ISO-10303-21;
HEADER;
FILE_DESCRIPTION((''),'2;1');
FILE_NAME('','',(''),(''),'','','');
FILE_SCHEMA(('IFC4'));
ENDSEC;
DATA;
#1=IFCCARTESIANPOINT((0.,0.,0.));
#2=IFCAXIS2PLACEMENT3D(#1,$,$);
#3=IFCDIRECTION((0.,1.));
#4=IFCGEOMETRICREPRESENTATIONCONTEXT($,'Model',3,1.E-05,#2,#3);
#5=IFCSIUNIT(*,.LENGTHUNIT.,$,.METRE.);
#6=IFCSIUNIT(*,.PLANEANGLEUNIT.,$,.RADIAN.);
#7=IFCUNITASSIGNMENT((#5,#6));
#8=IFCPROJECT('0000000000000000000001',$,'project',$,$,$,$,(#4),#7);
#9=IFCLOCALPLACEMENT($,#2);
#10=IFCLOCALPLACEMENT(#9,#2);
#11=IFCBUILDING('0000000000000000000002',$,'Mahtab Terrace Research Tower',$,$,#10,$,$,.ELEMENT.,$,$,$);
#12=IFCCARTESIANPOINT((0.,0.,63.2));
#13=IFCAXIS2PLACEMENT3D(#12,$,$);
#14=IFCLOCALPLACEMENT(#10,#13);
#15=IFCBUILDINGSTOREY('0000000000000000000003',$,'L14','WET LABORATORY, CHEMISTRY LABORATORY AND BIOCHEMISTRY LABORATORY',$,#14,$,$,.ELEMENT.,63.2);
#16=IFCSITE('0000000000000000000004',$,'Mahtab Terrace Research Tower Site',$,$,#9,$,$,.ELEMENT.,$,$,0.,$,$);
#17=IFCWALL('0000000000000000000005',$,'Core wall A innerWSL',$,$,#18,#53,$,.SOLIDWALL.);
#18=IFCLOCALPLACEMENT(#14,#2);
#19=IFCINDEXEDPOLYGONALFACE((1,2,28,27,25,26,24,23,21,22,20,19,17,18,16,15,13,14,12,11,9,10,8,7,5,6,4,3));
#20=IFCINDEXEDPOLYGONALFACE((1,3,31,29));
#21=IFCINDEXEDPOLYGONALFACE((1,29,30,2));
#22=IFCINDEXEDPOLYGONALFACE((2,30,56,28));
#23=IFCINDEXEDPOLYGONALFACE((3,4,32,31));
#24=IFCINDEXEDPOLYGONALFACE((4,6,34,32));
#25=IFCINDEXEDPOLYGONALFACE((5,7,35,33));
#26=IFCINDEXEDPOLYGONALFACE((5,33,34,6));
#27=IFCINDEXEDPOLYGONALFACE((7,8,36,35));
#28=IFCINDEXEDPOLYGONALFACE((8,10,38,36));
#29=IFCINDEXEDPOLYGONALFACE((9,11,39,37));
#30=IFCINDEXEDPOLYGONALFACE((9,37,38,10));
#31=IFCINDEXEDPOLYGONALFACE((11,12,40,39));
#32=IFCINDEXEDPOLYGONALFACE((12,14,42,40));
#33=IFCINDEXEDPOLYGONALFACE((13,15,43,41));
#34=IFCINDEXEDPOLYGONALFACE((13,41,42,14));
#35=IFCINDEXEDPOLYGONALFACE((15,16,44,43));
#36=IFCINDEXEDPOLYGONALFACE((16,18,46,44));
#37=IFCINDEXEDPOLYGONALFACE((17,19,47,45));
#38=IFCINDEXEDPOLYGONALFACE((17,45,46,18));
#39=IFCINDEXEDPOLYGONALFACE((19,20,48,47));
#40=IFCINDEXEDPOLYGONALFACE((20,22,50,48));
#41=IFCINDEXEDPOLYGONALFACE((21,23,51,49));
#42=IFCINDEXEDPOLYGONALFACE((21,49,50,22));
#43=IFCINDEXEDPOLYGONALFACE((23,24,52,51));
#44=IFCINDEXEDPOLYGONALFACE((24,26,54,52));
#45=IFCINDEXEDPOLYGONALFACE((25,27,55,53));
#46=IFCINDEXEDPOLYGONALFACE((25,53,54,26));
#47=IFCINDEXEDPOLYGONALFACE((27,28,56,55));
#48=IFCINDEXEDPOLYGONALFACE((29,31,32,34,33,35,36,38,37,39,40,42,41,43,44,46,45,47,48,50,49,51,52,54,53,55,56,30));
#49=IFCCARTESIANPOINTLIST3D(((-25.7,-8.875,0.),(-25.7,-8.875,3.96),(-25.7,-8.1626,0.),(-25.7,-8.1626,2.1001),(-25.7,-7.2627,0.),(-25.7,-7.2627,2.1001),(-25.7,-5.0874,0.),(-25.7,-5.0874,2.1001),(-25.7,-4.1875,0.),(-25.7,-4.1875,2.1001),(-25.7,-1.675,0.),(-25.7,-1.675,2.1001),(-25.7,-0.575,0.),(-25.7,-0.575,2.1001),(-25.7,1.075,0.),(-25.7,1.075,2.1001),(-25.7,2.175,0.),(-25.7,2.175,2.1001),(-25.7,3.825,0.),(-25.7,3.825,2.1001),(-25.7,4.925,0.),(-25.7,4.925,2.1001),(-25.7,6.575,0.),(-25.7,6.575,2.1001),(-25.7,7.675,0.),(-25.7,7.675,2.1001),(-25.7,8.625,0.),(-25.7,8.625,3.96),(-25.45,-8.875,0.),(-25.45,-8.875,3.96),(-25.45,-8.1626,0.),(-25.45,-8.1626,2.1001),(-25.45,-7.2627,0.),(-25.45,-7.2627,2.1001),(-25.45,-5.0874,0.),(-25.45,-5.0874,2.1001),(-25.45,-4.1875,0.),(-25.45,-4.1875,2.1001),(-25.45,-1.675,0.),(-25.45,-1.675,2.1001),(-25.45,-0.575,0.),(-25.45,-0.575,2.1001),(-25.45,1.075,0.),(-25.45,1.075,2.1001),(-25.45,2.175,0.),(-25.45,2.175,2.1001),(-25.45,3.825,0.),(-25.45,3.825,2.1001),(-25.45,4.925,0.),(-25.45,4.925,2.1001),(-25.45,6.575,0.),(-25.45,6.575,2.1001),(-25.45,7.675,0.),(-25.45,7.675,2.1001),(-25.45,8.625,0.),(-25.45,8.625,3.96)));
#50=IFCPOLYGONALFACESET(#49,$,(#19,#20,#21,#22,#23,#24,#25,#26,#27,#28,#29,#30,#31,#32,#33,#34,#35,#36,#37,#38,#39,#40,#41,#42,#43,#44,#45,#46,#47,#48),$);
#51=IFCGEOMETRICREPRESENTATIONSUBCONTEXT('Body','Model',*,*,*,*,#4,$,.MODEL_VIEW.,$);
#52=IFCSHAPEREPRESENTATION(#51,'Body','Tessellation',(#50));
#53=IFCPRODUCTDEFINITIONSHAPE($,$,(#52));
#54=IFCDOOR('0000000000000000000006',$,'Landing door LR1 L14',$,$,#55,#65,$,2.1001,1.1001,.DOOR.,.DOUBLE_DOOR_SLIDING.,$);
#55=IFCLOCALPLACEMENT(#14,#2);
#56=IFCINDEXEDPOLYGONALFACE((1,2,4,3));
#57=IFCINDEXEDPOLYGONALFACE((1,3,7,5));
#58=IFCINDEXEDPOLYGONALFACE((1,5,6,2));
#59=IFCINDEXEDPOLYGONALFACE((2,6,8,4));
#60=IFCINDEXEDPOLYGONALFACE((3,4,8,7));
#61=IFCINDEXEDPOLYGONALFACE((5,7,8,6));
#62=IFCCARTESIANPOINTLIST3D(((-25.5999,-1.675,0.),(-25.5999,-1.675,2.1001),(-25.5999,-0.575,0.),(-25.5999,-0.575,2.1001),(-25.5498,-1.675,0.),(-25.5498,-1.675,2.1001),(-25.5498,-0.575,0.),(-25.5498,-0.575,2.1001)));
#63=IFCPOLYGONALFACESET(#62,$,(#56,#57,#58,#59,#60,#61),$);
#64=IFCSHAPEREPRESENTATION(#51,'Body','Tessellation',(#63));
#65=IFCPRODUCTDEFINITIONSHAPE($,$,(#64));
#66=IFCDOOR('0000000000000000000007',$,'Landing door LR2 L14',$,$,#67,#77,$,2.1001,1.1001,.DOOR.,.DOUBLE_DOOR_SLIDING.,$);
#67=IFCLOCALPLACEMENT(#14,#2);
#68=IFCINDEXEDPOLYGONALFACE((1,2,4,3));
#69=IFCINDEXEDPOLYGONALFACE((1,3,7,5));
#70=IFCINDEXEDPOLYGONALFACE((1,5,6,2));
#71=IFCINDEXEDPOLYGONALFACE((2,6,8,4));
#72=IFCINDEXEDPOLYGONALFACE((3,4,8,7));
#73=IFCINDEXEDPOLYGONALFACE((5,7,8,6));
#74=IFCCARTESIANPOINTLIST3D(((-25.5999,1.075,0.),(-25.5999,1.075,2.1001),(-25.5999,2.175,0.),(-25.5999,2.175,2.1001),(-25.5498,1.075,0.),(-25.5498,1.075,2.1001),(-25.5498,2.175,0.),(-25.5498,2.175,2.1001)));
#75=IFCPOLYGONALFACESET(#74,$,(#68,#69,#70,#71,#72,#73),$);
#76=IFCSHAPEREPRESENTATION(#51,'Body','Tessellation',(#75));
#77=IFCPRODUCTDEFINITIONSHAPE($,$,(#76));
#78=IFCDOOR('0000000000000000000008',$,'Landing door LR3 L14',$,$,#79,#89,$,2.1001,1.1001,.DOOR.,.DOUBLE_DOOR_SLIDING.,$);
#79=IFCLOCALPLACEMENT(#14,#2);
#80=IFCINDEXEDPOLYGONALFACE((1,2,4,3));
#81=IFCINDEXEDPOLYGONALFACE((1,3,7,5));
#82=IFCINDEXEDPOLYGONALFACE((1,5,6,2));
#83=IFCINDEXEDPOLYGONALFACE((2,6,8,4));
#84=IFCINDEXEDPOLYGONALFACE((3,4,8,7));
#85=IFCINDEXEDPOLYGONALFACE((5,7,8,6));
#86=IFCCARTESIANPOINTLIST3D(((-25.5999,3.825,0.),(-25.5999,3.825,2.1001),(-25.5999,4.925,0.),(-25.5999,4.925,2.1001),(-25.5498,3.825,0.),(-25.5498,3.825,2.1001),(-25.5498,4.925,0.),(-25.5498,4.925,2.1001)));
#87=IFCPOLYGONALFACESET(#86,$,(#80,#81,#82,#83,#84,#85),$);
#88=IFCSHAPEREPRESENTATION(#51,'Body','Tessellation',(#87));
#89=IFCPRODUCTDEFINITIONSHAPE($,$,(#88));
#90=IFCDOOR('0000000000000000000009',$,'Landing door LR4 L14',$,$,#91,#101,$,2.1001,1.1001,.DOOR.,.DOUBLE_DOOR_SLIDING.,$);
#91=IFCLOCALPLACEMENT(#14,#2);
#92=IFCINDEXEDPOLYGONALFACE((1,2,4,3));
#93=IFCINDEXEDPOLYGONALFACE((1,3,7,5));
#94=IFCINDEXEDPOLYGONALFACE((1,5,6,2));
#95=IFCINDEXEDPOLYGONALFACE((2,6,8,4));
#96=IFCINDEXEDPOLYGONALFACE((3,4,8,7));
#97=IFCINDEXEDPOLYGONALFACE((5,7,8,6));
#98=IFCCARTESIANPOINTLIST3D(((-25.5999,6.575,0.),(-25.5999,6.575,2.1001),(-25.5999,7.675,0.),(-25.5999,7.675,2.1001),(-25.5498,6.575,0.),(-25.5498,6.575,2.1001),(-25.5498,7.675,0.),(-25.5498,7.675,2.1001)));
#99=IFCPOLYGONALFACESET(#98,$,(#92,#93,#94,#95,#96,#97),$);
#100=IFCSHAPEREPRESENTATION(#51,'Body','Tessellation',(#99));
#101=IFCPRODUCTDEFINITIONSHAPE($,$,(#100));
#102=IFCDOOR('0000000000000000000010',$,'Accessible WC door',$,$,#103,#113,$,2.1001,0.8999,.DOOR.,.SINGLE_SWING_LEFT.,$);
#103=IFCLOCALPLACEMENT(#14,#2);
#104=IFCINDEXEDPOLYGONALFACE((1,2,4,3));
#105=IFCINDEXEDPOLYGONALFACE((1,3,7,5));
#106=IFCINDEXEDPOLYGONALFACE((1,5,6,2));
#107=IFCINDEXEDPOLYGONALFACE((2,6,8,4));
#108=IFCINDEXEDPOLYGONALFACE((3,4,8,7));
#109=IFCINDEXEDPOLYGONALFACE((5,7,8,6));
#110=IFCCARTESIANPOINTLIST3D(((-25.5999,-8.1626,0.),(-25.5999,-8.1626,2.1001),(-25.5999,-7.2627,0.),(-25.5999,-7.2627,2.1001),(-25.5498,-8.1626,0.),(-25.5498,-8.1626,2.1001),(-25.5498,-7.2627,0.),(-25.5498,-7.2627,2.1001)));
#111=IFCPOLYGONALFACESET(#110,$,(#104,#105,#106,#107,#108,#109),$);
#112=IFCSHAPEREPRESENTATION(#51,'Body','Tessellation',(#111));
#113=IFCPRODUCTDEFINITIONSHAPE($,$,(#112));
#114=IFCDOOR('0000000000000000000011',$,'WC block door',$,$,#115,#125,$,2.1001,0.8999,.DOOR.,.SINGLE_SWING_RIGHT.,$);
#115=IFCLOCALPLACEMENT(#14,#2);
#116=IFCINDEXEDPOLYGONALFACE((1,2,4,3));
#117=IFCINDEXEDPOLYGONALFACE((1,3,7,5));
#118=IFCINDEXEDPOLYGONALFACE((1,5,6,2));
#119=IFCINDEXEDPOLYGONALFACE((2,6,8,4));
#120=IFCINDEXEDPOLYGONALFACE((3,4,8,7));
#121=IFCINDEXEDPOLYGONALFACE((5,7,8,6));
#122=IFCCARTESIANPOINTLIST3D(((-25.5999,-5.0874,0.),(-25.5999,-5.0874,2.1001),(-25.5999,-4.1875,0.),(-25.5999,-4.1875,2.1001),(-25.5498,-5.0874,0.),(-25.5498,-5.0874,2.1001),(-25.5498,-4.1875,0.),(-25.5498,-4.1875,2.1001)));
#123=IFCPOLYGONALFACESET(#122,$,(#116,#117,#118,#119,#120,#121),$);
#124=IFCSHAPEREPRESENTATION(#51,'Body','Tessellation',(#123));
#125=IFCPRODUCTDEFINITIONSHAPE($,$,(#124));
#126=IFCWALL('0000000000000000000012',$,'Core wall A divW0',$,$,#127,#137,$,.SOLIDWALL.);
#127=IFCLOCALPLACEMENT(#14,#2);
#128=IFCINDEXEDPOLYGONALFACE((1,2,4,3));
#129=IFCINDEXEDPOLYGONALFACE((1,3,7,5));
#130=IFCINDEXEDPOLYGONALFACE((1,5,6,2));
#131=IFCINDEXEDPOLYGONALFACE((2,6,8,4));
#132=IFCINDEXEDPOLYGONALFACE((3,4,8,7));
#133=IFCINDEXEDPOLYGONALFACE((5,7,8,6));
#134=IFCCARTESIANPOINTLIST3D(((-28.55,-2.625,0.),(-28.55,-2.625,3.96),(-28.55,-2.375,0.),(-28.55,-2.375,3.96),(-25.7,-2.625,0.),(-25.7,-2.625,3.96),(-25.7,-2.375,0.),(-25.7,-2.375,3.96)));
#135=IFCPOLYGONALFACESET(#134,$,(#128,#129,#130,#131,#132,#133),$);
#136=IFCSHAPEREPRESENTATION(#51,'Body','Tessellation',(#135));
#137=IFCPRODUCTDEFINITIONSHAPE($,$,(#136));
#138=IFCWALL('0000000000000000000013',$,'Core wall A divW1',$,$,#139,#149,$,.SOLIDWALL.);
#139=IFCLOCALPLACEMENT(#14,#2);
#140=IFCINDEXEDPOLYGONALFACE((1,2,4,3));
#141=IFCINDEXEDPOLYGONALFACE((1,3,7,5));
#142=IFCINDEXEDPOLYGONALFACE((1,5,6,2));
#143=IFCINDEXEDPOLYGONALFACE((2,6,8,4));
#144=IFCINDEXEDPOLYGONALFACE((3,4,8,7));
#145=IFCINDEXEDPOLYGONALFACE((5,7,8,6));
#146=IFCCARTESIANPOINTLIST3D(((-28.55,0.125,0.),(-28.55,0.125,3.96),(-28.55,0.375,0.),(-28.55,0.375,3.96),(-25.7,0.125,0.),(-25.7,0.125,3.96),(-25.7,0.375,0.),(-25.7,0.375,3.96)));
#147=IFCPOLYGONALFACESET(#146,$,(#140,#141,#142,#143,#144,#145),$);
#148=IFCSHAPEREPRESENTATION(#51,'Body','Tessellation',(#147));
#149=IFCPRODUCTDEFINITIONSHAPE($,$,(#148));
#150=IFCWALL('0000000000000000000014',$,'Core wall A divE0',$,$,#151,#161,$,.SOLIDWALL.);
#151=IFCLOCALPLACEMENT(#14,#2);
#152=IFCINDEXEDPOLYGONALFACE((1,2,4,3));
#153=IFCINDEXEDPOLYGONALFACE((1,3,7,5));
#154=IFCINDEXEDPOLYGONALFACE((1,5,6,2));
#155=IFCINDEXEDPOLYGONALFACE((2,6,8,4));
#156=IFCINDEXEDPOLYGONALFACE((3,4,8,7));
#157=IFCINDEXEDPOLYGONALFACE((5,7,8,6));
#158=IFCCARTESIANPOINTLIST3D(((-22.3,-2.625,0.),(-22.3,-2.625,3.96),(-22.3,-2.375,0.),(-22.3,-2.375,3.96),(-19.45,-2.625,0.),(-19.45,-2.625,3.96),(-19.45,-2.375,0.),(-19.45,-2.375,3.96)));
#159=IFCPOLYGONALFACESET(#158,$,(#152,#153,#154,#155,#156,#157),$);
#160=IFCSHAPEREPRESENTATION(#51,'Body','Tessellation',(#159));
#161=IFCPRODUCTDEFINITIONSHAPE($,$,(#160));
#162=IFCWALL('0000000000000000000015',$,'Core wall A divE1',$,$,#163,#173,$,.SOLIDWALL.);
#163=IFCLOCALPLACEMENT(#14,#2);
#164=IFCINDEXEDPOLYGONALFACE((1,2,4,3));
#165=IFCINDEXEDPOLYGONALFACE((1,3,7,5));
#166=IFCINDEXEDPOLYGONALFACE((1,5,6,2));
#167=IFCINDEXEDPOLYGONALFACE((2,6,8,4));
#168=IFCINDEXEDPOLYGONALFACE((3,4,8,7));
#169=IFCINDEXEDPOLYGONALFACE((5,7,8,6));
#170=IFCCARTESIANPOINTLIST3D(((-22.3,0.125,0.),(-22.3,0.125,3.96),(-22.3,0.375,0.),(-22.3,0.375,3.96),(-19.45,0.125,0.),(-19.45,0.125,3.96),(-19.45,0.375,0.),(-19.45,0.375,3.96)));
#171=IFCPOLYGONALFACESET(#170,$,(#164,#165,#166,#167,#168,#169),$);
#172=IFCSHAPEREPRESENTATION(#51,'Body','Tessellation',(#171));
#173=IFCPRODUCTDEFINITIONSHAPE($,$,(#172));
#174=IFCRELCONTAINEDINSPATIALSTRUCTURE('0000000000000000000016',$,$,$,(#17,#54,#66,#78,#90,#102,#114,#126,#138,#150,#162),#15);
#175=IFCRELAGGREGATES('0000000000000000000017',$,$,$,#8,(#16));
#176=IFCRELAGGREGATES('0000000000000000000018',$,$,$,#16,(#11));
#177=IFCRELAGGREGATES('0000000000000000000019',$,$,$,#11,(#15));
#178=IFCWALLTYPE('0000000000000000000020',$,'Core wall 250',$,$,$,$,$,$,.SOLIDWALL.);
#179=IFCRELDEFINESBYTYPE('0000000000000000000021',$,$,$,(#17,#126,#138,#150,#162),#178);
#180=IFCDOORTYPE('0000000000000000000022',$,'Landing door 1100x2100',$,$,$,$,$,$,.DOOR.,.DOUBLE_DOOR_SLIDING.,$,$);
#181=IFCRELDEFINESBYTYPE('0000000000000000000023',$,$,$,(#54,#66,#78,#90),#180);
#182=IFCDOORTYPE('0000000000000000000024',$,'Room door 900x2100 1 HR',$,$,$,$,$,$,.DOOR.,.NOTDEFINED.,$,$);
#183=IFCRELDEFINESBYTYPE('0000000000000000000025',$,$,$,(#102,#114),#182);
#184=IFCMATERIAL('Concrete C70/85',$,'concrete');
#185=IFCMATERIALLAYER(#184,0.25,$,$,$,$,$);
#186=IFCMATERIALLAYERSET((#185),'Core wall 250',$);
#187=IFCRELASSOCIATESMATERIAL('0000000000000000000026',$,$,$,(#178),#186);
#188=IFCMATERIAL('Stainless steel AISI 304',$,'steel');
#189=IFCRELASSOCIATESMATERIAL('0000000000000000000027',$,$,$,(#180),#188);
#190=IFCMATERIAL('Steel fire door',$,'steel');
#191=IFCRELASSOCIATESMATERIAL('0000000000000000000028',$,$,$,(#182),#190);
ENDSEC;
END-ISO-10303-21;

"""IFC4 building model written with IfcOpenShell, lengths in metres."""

from ifc_helpers import new_model, si_unit, direction, frame, frame_2d, origin, place, context, subcontext, project, spatial, rectangle, extrude, material, layer, layer_set, type_object, element, fill, save


model = new_model("IFC4")

# Units and contexts
model_context = context("Model", 3, precision=1e-05, world=origin(), true_north=direction((0.0, 1.0)))
body_context = subcontext(model_context, "Body", "Model", "MODEL_VIEW")
ifc_project = project(units=[si_unit("LENGTHUNIT", "METRE"), si_unit("PLANEANGLEUNIT", "RADIAN")], contexts=[model_context])

# Site, building, storey
site_placement = place(None, origin())
site = spatial("IfcSite", under=ifc_project, at=site_placement, Name="Mahtab Terrace Research Tower Site", CompositionType="ELEMENT", RefElevation=0.0)
building_placement = place(site_placement, origin())
building = spatial("IfcBuilding", under=site, at=building_placement, Name="Mahtab Terrace Research Tower", CompositionType="ELEMENT")
storey_placement = place(building_placement, frame((0.0, 0.0, 63.2)))
storey = spatial("IfcBuildingStorey", under=building, at=storey_placement, Name="L14", Description="WET LABORATORY, CHEMISTRY LABORATORY AND BIOCHEMISTRY LABORATORY", CompositionType="ELEMENT", Elevation=63.2)

# Shared definitions
ifc_material_1 = material(Name="Concrete C70/85", Category="concrete")

# Shared definitions
ifc_layer_1 = layer(ifc_material_1, 0.25)
ifc_layer_set_1 = layer_set([ifc_layer_1], Name="Core wall 250")
wall_type_1 = type_object("IfcWallType", Name="Core wall 250", PredefinedType="SOLIDWALL", material=ifc_layer_set_1)

# Shared definitions
ifc_material_2 = material(Name="Steel fire door", Category="steel")

# Wall, openings, doors
wall_1_placement = place(storey_placement, frame((-25.575, -8.875, 0.0), z_axis=(0.0, 0.0, 1.0), x_axis=(0.0, 1.0, 0.0)))
wall_1 = element("IfcWall", 1, at=wall_1_placement, inside=storey, type_object=wall_type_1, Name="Core wall A innerWSL", PredefinedType="SOLIDWALL", context=body_context, shape_type="SweptSolid", body=[
    extrude(rectangle(XDim=17.5, YDim=0.25, at=frame_2d((8.75, 0.0))), origin(), (0.0, 0.0, 1.0), 3.96),
])
opening_1_placement = place(wall_1_placement, frame((7.2, 0.0, 0.0)))
opening_1 = element("IfcOpeningElement", 2, at=opening_1_placement, cuts=wall_1, PredefinedType="OPENING", context=body_context, shape_type="SweptSolid", body=[
    extrude(rectangle(XDim=1.1001, YDim=2.1001, at=frame_2d((0.55, 1.05))), frame((0.0, 0.135, 0.0), z_axis=(0.0, -1.0, 0.0), x_axis=(1.0, 0.0, 0.0)), (0.0, 0.0, 1.0), 0.27),
])
opening_2_placement = place(wall_1_placement, frame((9.95, 0.0, 0.0)))
opening_2 = element("IfcOpeningElement", 3, at=opening_2_placement, cuts=wall_1, PredefinedType="OPENING", context=body_context, shape_type="SweptSolid", body=[
    extrude(rectangle(XDim=1.1001, YDim=2.1001, at=frame_2d((0.55, 1.05))), frame((0.0, 0.135, 0.0), z_axis=(0.0, -1.0, 0.0), x_axis=(1.0, 0.0, 0.0)), (0.0, 0.0, 1.0), 0.27),
])
opening_3_placement = place(wall_1_placement, frame((12.7, 0.0, 0.0)))
opening_3 = element("IfcOpeningElement", 4, at=opening_3_placement, cuts=wall_1, PredefinedType="OPENING", context=body_context, shape_type="SweptSolid", body=[
    extrude(rectangle(XDim=1.1001, YDim=2.1001, at=frame_2d((0.55, 1.05))), frame((0.0, 0.135, 0.0), z_axis=(0.0, -1.0, 0.0), x_axis=(1.0, 0.0, 0.0)), (0.0, 0.0, 1.0), 0.27),
])
opening_4_placement = place(wall_1_placement, frame((15.45, 0.0, 0.0)))
opening_4 = element("IfcOpeningElement", 5, at=opening_4_placement, cuts=wall_1, PredefinedType="OPENING", context=body_context, shape_type="SweptSolid", body=[
    extrude(rectangle(XDim=1.1001, YDim=2.1001, at=frame_2d((0.55, 1.05))), frame((0.0, 0.135, 0.0), z_axis=(0.0, -1.0, 0.0), x_axis=(1.0, 0.0, 0.0)), (0.0, 0.0, 1.0), 0.27),
])
opening_5_placement = place(wall_1_placement, frame((0.7124, 0.0, 0.0)))
opening_5 = element("IfcOpeningElement", 6, at=opening_5_placement, cuts=wall_1, PredefinedType="OPENING", context=body_context, shape_type="SweptSolid", body=[
    extrude(rectangle(XDim=0.8999, YDim=2.1001, at=frame_2d((0.45, 1.05))), frame((0.0, 0.135, 0.0), z_axis=(0.0, -1.0, 0.0), x_axis=(1.0, 0.0, 0.0)), (0.0, 0.0, 1.0), 0.27),
])
opening_6_placement = place(wall_1_placement, frame((3.7876, 0.0, 0.0)))
opening_6 = element("IfcOpeningElement", 7, at=opening_6_placement, cuts=wall_1, PredefinedType="OPENING", context=body_context, shape_type="SweptSolid", body=[
    extrude(rectangle(XDim=0.8999, YDim=2.1001, at=frame_2d((0.45, 1.05))), frame((0.0, 0.135, 0.0), z_axis=(0.0, -1.0, 0.0), x_axis=(1.0, 0.0, 0.0)), (0.0, 0.0, 1.0), 0.27),
])
ifc_material_3 = material(Name="Stainless steel AISI 304", Category="steel")
door_type_1 = type_object("IfcDoorType", Name="Landing door 1100x2100", OperationType="DOUBLE_DOOR_SLIDING", PredefinedType="DOOR", material=ifc_material_3)
door_1_placement = place(opening_1_placement, origin())
door_1 = element("IfcDoor", 8, at=door_1_placement, inside=storey, type_object=door_type_1, Name="Landing door LR1 L14", OperationType="DOUBLE_DOOR_SLIDING", OverallHeight=2.1001, OverallWidth=1.1001, PredefinedType="DOOR", context=body_context, shape_type="SweptSolid", body=[
    extrude(rectangle(XDim=1.1001, YDim=2.1001, at=frame_2d((0.55, 1.05))), frame((0.0, 0.0249, 0.0), z_axis=(0.0, -1.0, 0.0), x_axis=(1.0, 0.0, 0.0)), (0.0, 0.0, 1.0), 0.05),
])
fill(opening_1, door_1)
door_2_placement = place(opening_2_placement, origin())
door_2 = element("IfcDoor", 9, at=door_2_placement, inside=storey, type_object=door_type_1, Name="Landing door LR2 L14", OperationType="DOUBLE_DOOR_SLIDING", OverallHeight=2.1001, OverallWidth=1.1001, PredefinedType="DOOR", context=body_context, shape_type="SweptSolid", body=[
    extrude(rectangle(XDim=1.1001, YDim=2.1001, at=frame_2d((0.55, 1.05))), frame((0.0, 0.0249, 0.0), z_axis=(0.0, -1.0, 0.0), x_axis=(1.0, 0.0, 0.0)), (0.0, 0.0, 1.0), 0.05),
])
fill(opening_2, door_2)
door_3_placement = place(opening_3_placement, origin())
door_3 = element("IfcDoor", 10, at=door_3_placement, inside=storey, type_object=door_type_1, Name="Landing door LR3 L14", OperationType="DOUBLE_DOOR_SLIDING", OverallHeight=2.1001, OverallWidth=1.1001, PredefinedType="DOOR", context=body_context, shape_type="SweptSolid", body=[
    extrude(rectangle(XDim=1.1001, YDim=2.1001, at=frame_2d((0.55, 1.05))), frame((0.0, 0.0249, 0.0), z_axis=(0.0, -1.0, 0.0), x_axis=(1.0, 0.0, 0.0)), (0.0, 0.0, 1.0), 0.05),
])
fill(opening_3, door_3)
door_4_placement = place(opening_4_placement, origin())
door_4 = element("IfcDoor", 11, at=door_4_placement, inside=storey, type_object=door_type_1, Name="Landing door LR4 L14", OperationType="DOUBLE_DOOR_SLIDING", OverallHeight=2.1001, OverallWidth=1.1001, PredefinedType="DOOR", context=body_context, shape_type="SweptSolid", body=[
    extrude(rectangle(XDim=1.1001, YDim=2.1001, at=frame_2d((0.55, 1.05))), frame((0.0, 0.0249, 0.0), z_axis=(0.0, -1.0, 0.0), x_axis=(1.0, 0.0, 0.0)), (0.0, 0.0, 1.0), 0.05),
])
fill(opening_4, door_4)
door_type_2 = type_object("IfcDoorType", Name="Room door 900x2100 1 HR", OperationType="NOTDEFINED", PredefinedType="DOOR", material=ifc_material_2)
door_5_placement = place(opening_5_placement, origin())
door_5 = element("IfcDoor", 12, at=door_5_placement, inside=storey, type_object=door_type_2, Name="Accessible WC door", OperationType="SINGLE_SWING_LEFT", OverallHeight=2.1001, OverallWidth=0.8999, PredefinedType="DOOR", context=body_context, shape_type="SweptSolid", body=[
    extrude(rectangle(XDim=0.8999, YDim=2.1001, at=frame_2d((0.45, 1.05))), frame((0.0, 0.0249, 0.0), z_axis=(0.0, -1.0, 0.0), x_axis=(1.0, 0.0, 0.0)), (0.0, 0.0, 1.0), 0.05),
])
fill(opening_5, door_5)
door_6_placement = place(opening_6_placement, origin())
door_6 = element("IfcDoor", 13, at=door_6_placement, inside=storey, type_object=door_type_2, Name="WC block door", OperationType="SINGLE_SWING_RIGHT", OverallHeight=2.1001, OverallWidth=0.8999, PredefinedType="DOOR", context=body_context, shape_type="SweptSolid", body=[
    extrude(rectangle(XDim=0.8999, YDim=2.1001, at=frame_2d((0.45, 1.05))), frame((0.0, 0.0249, 0.0), z_axis=(0.0, -1.0, 0.0), x_axis=(1.0, 0.0, 0.0)), (0.0, 0.0, 1.0), 0.05),
])
fill(opening_6, door_6)

# Walls
for number, where, z_axis, x_axis, name in (
    (14, (-28.55, -2.5, 0.0), (0.0, 0.0, 1.0), (1.0, 0.0, 0.0), "Core wall A divW0"),
    (15, (-28.55, 0.25, 0.0), (0.0, 0.0, 1.0), (1.0, 0.0, 0.0), "Core wall A divW1"),
    (16, (-22.3, -2.5, 0.0), (0.0, 0.0, 1.0), (1.0, 0.0, 0.0), "Core wall A divE0"),
    (17, (-22.3, 0.25, 0.0), (0.0, 0.0, 1.0), (1.0, 0.0, 0.0), "Core wall A divE1"),
):
    element("IfcWall", number, at=place(storey_placement, frame(where, z_axis=z_axis, x_axis=x_axis)), inside=storey, type_object=wall_type_1, Name=name, PredefinedType="SOLIDWALL", context=body_context, shape_type="SweptSolid", body=[
        extrude(rectangle(XDim=2.8501, YDim=0.25, at=frame_2d((1.425, 0.0))), origin(), (0.0, 0.0, 1.0), 3.96),
    ])

save(model, "model.ifc")
